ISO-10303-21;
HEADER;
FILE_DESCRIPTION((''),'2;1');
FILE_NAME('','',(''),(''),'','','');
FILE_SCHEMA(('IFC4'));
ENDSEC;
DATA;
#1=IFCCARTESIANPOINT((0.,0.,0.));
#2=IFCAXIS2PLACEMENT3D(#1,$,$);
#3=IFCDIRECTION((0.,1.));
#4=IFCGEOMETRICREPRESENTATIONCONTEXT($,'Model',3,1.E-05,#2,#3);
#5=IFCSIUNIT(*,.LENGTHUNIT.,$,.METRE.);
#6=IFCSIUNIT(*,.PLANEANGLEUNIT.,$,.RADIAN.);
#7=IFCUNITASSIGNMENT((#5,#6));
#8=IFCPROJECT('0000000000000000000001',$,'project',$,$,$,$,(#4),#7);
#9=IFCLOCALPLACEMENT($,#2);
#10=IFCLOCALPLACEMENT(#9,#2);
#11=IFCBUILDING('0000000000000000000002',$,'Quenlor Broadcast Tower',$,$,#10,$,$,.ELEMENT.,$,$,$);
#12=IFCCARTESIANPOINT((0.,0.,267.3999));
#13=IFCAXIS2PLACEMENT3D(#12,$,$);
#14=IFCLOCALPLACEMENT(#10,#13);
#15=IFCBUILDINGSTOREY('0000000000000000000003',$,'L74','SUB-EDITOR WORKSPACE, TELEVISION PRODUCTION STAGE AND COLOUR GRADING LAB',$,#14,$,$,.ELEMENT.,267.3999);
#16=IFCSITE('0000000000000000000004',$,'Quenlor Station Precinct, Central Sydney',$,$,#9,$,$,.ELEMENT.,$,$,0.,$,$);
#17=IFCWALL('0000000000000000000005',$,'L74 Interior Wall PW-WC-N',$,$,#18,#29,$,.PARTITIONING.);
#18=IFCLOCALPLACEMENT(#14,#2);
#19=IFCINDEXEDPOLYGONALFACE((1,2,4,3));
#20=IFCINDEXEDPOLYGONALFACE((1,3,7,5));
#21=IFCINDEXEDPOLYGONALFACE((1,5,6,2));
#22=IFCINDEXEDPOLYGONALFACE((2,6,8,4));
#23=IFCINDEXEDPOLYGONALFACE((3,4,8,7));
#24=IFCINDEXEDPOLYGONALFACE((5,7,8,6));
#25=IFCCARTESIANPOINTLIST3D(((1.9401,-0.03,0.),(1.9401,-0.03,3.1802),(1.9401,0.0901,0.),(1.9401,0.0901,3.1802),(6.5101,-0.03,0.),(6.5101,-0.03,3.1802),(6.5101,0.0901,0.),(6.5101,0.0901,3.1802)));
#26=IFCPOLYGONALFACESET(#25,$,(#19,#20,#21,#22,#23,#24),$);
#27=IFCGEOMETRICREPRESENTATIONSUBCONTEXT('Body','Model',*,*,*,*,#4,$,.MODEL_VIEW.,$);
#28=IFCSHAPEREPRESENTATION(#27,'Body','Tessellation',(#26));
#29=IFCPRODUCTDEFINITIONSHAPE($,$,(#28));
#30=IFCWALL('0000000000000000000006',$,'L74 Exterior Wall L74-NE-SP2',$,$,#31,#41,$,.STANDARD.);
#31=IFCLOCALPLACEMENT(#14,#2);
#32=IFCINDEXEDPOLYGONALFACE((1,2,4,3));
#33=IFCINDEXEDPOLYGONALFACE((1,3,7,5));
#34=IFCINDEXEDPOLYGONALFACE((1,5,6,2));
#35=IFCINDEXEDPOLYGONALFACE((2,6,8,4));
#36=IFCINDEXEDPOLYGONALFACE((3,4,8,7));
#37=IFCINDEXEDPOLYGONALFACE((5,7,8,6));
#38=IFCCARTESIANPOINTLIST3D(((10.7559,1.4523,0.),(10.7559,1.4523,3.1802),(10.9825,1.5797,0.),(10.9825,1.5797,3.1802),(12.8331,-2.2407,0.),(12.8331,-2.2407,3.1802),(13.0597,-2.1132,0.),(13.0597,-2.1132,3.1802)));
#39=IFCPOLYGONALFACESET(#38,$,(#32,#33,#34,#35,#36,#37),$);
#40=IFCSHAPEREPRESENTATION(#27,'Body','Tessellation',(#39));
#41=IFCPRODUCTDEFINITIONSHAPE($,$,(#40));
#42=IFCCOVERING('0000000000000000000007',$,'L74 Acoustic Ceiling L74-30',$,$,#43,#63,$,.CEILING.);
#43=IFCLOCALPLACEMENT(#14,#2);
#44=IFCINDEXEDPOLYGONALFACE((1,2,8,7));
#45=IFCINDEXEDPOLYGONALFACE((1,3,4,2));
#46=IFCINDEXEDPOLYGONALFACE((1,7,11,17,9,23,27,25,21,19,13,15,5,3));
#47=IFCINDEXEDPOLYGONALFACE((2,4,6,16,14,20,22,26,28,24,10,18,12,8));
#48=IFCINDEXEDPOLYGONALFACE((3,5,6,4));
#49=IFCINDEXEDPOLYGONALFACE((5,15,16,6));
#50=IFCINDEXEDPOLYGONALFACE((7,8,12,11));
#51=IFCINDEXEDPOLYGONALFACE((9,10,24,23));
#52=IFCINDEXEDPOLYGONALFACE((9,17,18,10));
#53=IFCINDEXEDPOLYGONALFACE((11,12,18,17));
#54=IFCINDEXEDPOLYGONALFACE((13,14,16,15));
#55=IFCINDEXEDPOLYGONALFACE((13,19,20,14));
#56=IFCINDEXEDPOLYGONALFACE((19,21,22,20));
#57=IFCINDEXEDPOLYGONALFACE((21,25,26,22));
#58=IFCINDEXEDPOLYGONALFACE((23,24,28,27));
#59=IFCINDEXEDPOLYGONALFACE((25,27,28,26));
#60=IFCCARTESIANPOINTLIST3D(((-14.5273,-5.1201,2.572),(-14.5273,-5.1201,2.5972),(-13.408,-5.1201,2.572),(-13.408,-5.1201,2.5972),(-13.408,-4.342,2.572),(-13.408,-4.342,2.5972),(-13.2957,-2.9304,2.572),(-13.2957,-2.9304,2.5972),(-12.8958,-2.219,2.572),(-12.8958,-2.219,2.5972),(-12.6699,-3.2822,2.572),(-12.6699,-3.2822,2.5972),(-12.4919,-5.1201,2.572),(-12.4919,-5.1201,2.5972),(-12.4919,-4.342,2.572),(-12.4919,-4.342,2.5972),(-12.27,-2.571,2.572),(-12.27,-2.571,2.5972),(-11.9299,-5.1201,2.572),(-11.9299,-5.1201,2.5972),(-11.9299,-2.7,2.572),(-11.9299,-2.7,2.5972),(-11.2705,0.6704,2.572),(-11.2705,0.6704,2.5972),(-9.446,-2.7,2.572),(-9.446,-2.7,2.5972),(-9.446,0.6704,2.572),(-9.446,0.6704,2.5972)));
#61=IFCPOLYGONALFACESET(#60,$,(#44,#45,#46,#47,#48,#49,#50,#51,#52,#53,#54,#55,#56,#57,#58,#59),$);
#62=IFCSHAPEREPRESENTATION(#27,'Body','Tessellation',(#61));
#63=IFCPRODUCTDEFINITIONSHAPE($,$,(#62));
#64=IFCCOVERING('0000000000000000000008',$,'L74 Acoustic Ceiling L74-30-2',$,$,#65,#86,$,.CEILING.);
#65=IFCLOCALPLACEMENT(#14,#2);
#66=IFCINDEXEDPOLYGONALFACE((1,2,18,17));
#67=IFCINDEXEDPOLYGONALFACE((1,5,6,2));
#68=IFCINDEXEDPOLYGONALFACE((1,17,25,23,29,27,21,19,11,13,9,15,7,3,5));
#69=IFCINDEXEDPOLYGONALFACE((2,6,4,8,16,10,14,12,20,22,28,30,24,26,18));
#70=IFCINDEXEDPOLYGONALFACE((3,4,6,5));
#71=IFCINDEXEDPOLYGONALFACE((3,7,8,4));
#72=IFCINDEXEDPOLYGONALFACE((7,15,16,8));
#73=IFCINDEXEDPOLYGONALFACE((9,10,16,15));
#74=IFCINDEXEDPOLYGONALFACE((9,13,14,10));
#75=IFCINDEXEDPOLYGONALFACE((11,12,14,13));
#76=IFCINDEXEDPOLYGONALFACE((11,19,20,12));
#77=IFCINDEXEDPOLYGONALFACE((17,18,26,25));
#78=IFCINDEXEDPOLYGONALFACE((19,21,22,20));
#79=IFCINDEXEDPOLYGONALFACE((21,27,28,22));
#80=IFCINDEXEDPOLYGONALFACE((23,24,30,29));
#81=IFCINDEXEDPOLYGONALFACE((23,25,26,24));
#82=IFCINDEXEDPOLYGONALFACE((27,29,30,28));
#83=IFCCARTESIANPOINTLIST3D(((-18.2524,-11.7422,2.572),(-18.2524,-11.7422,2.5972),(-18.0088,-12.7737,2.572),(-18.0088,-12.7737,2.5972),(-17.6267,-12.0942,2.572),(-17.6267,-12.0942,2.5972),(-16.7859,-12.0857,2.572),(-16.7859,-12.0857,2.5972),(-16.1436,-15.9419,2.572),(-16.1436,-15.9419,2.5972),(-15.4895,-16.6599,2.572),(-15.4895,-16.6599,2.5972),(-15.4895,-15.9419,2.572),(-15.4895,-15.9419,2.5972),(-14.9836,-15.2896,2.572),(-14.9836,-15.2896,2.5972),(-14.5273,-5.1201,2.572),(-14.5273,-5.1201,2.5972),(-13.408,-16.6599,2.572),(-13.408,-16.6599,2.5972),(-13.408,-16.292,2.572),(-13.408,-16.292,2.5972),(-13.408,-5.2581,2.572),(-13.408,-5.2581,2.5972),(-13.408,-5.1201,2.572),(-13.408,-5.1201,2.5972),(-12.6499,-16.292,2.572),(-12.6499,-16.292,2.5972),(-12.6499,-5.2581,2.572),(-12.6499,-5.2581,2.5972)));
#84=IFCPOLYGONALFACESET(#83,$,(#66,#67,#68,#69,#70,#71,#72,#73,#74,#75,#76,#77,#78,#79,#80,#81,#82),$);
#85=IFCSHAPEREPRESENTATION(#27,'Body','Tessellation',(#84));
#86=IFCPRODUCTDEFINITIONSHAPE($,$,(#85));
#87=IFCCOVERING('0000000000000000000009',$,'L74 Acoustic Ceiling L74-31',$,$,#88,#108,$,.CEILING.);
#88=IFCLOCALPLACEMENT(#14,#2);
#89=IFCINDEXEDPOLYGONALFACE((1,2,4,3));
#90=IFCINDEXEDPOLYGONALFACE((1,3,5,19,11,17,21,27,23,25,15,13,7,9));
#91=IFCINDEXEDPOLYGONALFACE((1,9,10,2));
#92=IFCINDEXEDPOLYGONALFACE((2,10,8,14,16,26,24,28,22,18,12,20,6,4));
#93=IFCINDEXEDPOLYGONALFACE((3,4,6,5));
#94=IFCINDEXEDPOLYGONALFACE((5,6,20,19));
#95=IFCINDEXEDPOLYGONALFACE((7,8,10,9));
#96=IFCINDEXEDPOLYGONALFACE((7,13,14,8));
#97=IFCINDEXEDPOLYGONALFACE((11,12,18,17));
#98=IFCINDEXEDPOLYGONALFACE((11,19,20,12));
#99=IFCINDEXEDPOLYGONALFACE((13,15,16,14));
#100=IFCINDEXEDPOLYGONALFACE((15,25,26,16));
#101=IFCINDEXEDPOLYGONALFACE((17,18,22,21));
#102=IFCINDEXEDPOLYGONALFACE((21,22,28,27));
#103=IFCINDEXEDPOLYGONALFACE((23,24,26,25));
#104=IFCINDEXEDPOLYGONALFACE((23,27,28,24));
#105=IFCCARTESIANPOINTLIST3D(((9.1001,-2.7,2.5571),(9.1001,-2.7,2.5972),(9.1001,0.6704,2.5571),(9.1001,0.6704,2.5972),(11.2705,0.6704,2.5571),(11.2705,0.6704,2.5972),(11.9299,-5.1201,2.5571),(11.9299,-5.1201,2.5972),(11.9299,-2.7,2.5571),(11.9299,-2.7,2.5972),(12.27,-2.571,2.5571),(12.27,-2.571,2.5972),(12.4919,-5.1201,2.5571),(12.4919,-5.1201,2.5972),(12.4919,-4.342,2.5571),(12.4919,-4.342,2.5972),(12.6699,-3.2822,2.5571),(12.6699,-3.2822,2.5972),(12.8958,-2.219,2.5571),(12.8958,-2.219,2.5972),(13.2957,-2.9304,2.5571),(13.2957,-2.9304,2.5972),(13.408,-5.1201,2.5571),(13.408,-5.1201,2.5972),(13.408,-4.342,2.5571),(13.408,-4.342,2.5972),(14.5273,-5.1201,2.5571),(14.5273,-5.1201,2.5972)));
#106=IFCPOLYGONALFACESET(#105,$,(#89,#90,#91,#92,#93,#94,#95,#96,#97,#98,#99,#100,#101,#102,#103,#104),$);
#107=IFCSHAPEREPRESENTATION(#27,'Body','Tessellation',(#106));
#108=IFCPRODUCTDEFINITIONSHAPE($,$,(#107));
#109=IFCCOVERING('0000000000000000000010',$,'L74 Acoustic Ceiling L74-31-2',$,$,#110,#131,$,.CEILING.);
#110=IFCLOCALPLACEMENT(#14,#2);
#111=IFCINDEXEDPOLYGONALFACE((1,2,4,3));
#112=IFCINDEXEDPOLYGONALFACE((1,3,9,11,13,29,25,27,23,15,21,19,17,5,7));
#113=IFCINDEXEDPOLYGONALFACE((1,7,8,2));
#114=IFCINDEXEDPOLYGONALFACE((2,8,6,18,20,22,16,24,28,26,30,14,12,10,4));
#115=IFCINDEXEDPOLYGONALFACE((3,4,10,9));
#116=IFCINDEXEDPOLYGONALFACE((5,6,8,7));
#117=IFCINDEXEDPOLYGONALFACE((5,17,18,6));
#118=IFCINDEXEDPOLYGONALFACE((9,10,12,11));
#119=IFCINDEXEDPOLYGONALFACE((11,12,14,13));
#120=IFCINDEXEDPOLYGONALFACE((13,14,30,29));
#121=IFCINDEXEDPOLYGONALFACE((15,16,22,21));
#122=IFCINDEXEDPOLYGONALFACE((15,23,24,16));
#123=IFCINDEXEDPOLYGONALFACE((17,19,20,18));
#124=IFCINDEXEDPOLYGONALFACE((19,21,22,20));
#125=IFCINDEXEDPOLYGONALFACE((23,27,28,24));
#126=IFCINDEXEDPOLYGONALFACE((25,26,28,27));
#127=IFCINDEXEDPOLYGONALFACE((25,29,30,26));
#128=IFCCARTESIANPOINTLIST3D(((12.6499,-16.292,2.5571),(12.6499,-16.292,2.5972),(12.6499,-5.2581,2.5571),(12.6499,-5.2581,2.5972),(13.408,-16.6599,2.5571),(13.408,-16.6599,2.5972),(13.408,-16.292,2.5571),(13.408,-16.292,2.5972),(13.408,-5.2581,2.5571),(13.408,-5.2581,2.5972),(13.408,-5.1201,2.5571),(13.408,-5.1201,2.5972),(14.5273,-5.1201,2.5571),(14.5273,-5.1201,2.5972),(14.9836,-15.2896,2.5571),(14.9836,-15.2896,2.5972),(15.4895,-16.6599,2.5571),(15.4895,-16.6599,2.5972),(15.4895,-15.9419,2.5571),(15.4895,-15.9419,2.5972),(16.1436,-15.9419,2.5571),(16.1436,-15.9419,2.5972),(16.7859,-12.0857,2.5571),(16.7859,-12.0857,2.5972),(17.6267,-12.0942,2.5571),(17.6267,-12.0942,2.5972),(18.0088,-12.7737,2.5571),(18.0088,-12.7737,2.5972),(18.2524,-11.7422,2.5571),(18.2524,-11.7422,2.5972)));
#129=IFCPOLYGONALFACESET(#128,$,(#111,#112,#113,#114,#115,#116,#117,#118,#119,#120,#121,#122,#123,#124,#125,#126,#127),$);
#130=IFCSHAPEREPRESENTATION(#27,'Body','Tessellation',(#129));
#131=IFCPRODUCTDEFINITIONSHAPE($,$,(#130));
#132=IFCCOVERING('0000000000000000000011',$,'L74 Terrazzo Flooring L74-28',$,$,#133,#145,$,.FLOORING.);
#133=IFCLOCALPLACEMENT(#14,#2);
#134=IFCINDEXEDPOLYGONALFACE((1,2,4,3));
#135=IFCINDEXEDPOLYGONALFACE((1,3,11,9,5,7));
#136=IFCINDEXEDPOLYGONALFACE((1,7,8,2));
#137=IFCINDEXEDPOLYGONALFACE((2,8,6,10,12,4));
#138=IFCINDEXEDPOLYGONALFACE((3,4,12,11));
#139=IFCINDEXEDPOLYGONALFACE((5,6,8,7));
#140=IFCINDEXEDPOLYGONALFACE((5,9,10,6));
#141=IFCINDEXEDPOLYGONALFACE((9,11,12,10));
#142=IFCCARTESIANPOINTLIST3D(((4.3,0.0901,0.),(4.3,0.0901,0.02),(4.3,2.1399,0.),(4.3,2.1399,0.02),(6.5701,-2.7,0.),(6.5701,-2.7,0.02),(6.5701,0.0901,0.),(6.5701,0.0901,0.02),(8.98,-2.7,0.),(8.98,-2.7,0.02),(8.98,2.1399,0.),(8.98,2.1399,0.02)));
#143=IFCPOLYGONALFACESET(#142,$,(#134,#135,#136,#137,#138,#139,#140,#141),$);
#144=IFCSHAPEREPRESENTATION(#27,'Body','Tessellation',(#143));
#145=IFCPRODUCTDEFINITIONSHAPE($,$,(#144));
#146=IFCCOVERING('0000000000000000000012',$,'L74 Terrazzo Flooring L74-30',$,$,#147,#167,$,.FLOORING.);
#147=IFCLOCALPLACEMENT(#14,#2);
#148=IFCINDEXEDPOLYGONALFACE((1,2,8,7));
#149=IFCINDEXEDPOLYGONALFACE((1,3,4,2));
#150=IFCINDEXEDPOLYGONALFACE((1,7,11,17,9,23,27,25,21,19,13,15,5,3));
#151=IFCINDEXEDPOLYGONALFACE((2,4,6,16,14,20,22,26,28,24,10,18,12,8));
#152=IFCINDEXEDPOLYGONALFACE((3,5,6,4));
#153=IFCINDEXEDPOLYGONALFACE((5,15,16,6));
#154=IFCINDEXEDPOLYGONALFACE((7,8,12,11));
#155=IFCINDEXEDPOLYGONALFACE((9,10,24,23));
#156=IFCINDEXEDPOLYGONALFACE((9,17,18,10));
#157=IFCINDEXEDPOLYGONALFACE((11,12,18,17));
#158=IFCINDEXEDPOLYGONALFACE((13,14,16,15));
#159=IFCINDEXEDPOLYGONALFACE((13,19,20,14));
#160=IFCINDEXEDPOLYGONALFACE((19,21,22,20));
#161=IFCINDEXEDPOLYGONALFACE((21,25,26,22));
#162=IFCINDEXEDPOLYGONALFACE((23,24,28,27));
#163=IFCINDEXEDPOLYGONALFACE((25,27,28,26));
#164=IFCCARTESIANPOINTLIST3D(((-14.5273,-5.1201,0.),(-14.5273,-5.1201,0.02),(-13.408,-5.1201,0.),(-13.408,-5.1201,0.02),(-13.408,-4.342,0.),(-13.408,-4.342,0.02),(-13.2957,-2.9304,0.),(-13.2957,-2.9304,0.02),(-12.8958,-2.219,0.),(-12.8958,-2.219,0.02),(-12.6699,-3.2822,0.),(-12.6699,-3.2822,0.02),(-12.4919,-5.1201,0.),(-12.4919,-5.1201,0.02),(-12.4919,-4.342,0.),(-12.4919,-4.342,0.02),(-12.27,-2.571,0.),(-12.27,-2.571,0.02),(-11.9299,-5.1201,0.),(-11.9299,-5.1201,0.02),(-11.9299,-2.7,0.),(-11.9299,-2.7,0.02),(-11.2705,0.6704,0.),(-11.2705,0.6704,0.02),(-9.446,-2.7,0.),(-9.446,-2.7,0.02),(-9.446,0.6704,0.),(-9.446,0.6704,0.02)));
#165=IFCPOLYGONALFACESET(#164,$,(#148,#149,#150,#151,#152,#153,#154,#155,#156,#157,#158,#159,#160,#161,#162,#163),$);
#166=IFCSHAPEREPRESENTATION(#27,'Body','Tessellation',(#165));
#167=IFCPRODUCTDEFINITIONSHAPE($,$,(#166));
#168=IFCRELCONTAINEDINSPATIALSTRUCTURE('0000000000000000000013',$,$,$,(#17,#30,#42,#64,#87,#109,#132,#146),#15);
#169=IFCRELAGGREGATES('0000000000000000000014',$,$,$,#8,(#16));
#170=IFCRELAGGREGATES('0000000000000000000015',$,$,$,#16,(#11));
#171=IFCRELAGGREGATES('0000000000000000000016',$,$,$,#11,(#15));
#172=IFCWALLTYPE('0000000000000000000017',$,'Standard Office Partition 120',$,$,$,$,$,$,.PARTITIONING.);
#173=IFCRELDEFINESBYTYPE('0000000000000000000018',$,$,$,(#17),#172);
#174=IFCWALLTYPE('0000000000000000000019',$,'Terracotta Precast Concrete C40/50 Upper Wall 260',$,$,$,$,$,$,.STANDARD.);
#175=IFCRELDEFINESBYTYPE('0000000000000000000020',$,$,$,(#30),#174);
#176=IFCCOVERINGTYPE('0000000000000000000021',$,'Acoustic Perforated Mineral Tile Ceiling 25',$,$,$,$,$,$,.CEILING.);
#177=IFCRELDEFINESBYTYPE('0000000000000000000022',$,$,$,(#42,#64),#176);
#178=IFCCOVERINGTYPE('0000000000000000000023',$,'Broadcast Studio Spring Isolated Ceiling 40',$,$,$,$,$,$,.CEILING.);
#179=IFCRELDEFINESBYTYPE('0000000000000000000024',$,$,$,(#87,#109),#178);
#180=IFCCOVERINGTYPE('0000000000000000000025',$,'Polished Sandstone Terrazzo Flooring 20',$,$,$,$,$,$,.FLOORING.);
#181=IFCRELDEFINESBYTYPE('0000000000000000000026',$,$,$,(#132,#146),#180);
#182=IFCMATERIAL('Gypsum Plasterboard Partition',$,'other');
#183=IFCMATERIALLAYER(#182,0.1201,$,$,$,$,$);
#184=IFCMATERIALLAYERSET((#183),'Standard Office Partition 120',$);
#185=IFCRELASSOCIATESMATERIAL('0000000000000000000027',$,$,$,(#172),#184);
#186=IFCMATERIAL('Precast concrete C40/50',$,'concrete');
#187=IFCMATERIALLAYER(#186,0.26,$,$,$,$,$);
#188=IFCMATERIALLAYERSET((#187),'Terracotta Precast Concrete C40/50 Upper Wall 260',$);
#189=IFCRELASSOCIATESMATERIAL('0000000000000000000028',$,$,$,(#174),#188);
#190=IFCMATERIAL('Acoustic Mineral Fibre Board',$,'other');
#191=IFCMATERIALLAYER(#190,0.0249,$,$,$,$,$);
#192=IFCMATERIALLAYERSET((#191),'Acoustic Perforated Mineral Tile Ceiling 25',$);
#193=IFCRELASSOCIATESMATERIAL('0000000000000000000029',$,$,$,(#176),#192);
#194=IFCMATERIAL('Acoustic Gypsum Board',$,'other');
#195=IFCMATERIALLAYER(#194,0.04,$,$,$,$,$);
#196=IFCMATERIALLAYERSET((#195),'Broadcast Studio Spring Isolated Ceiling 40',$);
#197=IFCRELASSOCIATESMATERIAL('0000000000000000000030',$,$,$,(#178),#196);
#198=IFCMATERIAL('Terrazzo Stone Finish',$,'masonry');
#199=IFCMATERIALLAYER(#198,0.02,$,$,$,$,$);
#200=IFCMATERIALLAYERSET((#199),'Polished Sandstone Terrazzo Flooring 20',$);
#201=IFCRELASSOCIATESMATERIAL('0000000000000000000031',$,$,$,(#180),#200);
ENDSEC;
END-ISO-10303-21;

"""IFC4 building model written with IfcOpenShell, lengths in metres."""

from ifc_helpers import new_model, si_unit, direction, frame, frame_2d, origin, place, context, subcontext, project, spatial, polyline, rectangle, outline, extrude, material, layer, layer_set, type_object, element, save


model = new_model("IFC4")

# Units and contexts
model_context = context("Model", 3, precision=1e-05, world=origin(), true_north=direction((0.0, 1.0)))
body_context = subcontext(model_context, "Body", "Model", "MODEL_VIEW")
ifc_project = project(units=[si_unit("LENGTHUNIT", "METRE"), si_unit("PLANEANGLEUNIT", "RADIAN")], contexts=[model_context])

# Site, building, storey
site_placement = place(None, origin())
site = spatial("IfcSite", under=ifc_project, at=site_placement, Name="Quenlor Station Precinct, Central Sydney", CompositionType="ELEMENT", RefElevation=0.0)
building_placement = place(site_placement, origin())
building = spatial("IfcBuilding", under=site, at=building_placement, Name="Quenlor Broadcast Tower", CompositionType="ELEMENT")
storey_placement = place(building_placement, frame((0.0, 0.0, 267.3999)))
storey = spatial("IfcBuildingStorey", under=building, at=storey_placement, Name="L74", Description="SUB-EDITOR WORKSPACE, TELEVISION PRODUCTION STAGE AND COLOUR GRADING LAB", CompositionType="ELEMENT", Elevation=267.3999)

# Wall
ifc_material_1 = material(Name="Gypsum Plasterboard Partition", Category="other")
ifc_layer_1 = layer(ifc_material_1, 0.1201)
ifc_layer_set_1 = layer_set([ifc_layer_1], Name="Standard Office Partition 120")
wall_type_1 = type_object("IfcWallType", Name="Standard Office Partition 120", PredefinedType="PARTITIONING", material=ifc_layer_set_1)
wall_1_placement = place(storey_placement, frame((1.9399, 0.03, 0.0), z_axis=(0.0, 0.0, 1.0), x_axis=(1.0, 0.0, 0.0)))
element("IfcWall", 1, at=wall_1_placement, inside=storey, type_object=wall_type_1, Name="L74 Interior Wall PW-WC-N", PredefinedType="PARTITIONING", context=body_context, shape_type="SweptSolid", body=[
    extrude(rectangle(XDim=4.5701, YDim=0.1201, at=frame_2d((2.2852, 0.0))), origin(), (0.0, 0.0, 1.0), 3.1802),
])

# Wall
ifc_material_2 = material(Name="Precast concrete C40/50", Category="concrete")
ifc_layer_2 = layer(ifc_material_2, 0.26)
ifc_layer_set_2 = layer_set([ifc_layer_2], Name="Terracotta Precast Concrete C40/50 Upper Wall 260")
wall_type_2 = type_object("IfcWallType", Name="Terracotta Precast Concrete C40/50 Upper Wall 260", PredefinedType="STANDARD", material=ifc_layer_set_2)
wall_2_placement = place(storey_placement, frame((10.8691, 1.5161, 0.0), z_axis=(0.0, 0.0, 1.0), x_axis=(0.490245, -0.871585, 0.0)))
element("IfcWall", 2, at=wall_2_placement, inside=storey, type_object=wall_type_2, Name="L74 Exterior Wall L74-NE-SP2", PredefinedType="STANDARD", context=body_context, shape_type="SweptSolid", body=[
    extrude(rectangle(XDim=4.2371, YDim=0.26, at=frame_2d((2.1187, 0.0))), origin(), (0.0, 0.0, 1.0), 3.1802),
])

# Coverings
ifc_material_3 = material(Name="Acoustic Mineral Fibre Board", Category="other")
ifc_layer_3 = layer(ifc_material_3, 0.0249)
ifc_layer_set_3 = layer_set([ifc_layer_3], Name="Acoustic Perforated Mineral Tile Ceiling 25")
covering_type_1 = type_object("IfcCoveringType", Name="Acoustic Perforated Mineral Tile Ceiling 25", PredefinedType="CEILING", material=ifc_layer_set_3)
covering_1_placement = place(storey_placement, frame((0.0, 0.0, 2.572)))
element("IfcCovering", 3, at=covering_1_placement, inside=storey, type_object=covering_type_1, Name="L74 Acoustic Ceiling L74-30", PredefinedType="CEILING", context=body_context, shape_type="SweptSolid", body=[
    extrude(outline(polyline([(-13.2957, -2.9304), (-12.6699, -3.2822), (-12.27, -2.571), (-12.8958, -2.219), (-11.2705, 0.6704), (-9.446, 0.6704), (-9.446, -2.7), (-11.9299, -2.7), (-11.9299, -5.1201), (-12.4919, -5.1201), (-12.4919, -4.342), (-13.408, -4.342), (-13.408, -5.1201), (-14.5273, -5.1201), (-13.2957, -2.9304)])), origin(), (0.0, 0.0, 1.0), 0.0251),
])
covering_2_placement = place(storey_placement, frame((0.0, 0.0, 2.572)))
element("IfcCovering", 4, at=covering_2_placement, inside=storey, type_object=covering_type_1, Name="L74 Acoustic Ceiling L74-30-2", PredefinedType="CEILING", context=body_context, shape_type="SweptSolid", body=[
    extrude(outline(polyline([(-18.2524, -11.7422), (-14.5273, -5.1201), (-13.408, -5.1201), (-13.408, -5.2581), (-12.6499, -5.2581), (-12.6499, -16.292), (-13.408, -16.292), (-13.408, -16.6599), (-15.4895, -16.6599), (-15.4895, -15.9419), (-16.1436, -15.9419), (-14.9836, -15.2896), (-16.7859, -12.0857), (-18.0088, -12.7737), (-17.6267, -12.0942), (-18.2524, -11.7422)])), origin(), (0.0, 0.0, 1.0), 0.0251),
])
ifc_material_4 = material(Name="Acoustic Gypsum Board", Category="other")
ifc_layer_4 = layer(ifc_material_4, 0.04)
ifc_layer_set_4 = layer_set([ifc_layer_4], Name="Broadcast Studio Spring Isolated Ceiling 40")
covering_type_2 = type_object("IfcCoveringType", Name="Broadcast Studio Spring Isolated Ceiling 40", PredefinedType="CEILING", material=ifc_layer_set_4)
covering_3_placement = place(storey_placement, frame((0.0, 0.0, 2.5571)))
element("IfcCovering", 5, at=covering_3_placement, inside=storey, type_object=covering_type_2, Name="L74 Acoustic Ceiling L74-31", PredefinedType="CEILING", context=body_context, shape_type="SweptSolid", body=[
    extrude(outline(polyline([(13.408, -4.342), (12.4919, -4.342), (12.4919, -5.1201), (11.9299, -5.1201), (11.9299, -2.7), (9.1001, -2.7), (9.1001, 0.6704), (11.2705, 0.6704), (12.8958, -2.219), (12.27, -2.571), (12.6699, -3.2822), (13.2957, -2.9304), (14.5273, -5.1201), (13.408, -5.1201), (13.408, -4.342)])), origin(), (0.0, 0.0, 1.0), 0.04),
])
covering_4_placement = place(storey_placement, frame((0.0, 0.0, 2.5571)))
element("IfcCovering", 6, at=covering_4_placement, inside=storey, type_object=covering_type_2, Name="L74 Acoustic Ceiling L74-31-2", PredefinedType="CEILING", context=body_context, shape_type="SweptSolid", body=[
    extrude(outline(polyline([(13.408, -5.1201), (14.5273, -5.1201), (18.2524, -11.7422), (17.6267, -12.0942), (18.0088, -12.7737), (16.7859, -12.0857), (14.9836, -15.2896), (16.1436, -15.9419), (15.4895, -15.9419), (15.4895, -16.6599), (13.408, -16.6599), (13.408, -16.292), (12.6499, -16.292), (12.6499, -5.2581), (13.408, -5.2581), (13.408, -5.1201)])), origin(), (0.0, 0.0, 1.0), 0.04),
])
ifc_material_5 = material(Name="Terrazzo Stone Finish", Category="masonry")
ifc_layer_5 = layer(ifc_material_5, 0.02)
ifc_layer_set_5 = layer_set([ifc_layer_5], Name="Polished Sandstone Terrazzo Flooring 20")
covering_type_3 = type_object("IfcCoveringType", Name="Polished Sandstone Terrazzo Flooring 20", PredefinedType="FLOORING", material=ifc_layer_set_5)
covering_5_placement = place(storey_placement, origin())
element("IfcCovering", 7, at=covering_5_placement, inside=storey, type_object=covering_type_3, Name="L74 Terrazzo Flooring L74-28", PredefinedType="FLOORING", context=body_context, shape_type="SweptSolid", body=[
    extrude(outline(polyline([(4.3, 2.1399), (8.98, 2.1399), (8.98, -2.7), (6.5701, -2.7), (6.5701, 0.0901), (4.3, 0.0901), (4.3, 2.1399)])), origin(), (0.0, 0.0, 1.0), 0.02),
])
covering_6_placement = place(storey_placement, origin())
element("IfcCovering", 8, at=covering_6_placement, inside=storey, type_object=covering_type_3, Name="L74 Terrazzo Flooring L74-30", PredefinedType="FLOORING", context=body_context, shape_type="SweptSolid", body=[
    extrude(outline(polyline([(-13.2957, -2.9304), (-12.6699, -3.2822), (-12.27, -2.571), (-12.8958, -2.219), (-11.2705, 0.6704), (-9.446, 0.6704), (-9.446, -2.7), (-11.9299, -2.7), (-11.9299, -5.1201), (-12.4919, -5.1201), (-12.4919, -4.342), (-13.408, -4.342), (-13.408, -5.1201), (-14.5273, -5.1201), (-13.2957, -2.9304)])), origin(), (0.0, 0.0, 1.0), 0.02),
])

save(model, "model.ifc")
